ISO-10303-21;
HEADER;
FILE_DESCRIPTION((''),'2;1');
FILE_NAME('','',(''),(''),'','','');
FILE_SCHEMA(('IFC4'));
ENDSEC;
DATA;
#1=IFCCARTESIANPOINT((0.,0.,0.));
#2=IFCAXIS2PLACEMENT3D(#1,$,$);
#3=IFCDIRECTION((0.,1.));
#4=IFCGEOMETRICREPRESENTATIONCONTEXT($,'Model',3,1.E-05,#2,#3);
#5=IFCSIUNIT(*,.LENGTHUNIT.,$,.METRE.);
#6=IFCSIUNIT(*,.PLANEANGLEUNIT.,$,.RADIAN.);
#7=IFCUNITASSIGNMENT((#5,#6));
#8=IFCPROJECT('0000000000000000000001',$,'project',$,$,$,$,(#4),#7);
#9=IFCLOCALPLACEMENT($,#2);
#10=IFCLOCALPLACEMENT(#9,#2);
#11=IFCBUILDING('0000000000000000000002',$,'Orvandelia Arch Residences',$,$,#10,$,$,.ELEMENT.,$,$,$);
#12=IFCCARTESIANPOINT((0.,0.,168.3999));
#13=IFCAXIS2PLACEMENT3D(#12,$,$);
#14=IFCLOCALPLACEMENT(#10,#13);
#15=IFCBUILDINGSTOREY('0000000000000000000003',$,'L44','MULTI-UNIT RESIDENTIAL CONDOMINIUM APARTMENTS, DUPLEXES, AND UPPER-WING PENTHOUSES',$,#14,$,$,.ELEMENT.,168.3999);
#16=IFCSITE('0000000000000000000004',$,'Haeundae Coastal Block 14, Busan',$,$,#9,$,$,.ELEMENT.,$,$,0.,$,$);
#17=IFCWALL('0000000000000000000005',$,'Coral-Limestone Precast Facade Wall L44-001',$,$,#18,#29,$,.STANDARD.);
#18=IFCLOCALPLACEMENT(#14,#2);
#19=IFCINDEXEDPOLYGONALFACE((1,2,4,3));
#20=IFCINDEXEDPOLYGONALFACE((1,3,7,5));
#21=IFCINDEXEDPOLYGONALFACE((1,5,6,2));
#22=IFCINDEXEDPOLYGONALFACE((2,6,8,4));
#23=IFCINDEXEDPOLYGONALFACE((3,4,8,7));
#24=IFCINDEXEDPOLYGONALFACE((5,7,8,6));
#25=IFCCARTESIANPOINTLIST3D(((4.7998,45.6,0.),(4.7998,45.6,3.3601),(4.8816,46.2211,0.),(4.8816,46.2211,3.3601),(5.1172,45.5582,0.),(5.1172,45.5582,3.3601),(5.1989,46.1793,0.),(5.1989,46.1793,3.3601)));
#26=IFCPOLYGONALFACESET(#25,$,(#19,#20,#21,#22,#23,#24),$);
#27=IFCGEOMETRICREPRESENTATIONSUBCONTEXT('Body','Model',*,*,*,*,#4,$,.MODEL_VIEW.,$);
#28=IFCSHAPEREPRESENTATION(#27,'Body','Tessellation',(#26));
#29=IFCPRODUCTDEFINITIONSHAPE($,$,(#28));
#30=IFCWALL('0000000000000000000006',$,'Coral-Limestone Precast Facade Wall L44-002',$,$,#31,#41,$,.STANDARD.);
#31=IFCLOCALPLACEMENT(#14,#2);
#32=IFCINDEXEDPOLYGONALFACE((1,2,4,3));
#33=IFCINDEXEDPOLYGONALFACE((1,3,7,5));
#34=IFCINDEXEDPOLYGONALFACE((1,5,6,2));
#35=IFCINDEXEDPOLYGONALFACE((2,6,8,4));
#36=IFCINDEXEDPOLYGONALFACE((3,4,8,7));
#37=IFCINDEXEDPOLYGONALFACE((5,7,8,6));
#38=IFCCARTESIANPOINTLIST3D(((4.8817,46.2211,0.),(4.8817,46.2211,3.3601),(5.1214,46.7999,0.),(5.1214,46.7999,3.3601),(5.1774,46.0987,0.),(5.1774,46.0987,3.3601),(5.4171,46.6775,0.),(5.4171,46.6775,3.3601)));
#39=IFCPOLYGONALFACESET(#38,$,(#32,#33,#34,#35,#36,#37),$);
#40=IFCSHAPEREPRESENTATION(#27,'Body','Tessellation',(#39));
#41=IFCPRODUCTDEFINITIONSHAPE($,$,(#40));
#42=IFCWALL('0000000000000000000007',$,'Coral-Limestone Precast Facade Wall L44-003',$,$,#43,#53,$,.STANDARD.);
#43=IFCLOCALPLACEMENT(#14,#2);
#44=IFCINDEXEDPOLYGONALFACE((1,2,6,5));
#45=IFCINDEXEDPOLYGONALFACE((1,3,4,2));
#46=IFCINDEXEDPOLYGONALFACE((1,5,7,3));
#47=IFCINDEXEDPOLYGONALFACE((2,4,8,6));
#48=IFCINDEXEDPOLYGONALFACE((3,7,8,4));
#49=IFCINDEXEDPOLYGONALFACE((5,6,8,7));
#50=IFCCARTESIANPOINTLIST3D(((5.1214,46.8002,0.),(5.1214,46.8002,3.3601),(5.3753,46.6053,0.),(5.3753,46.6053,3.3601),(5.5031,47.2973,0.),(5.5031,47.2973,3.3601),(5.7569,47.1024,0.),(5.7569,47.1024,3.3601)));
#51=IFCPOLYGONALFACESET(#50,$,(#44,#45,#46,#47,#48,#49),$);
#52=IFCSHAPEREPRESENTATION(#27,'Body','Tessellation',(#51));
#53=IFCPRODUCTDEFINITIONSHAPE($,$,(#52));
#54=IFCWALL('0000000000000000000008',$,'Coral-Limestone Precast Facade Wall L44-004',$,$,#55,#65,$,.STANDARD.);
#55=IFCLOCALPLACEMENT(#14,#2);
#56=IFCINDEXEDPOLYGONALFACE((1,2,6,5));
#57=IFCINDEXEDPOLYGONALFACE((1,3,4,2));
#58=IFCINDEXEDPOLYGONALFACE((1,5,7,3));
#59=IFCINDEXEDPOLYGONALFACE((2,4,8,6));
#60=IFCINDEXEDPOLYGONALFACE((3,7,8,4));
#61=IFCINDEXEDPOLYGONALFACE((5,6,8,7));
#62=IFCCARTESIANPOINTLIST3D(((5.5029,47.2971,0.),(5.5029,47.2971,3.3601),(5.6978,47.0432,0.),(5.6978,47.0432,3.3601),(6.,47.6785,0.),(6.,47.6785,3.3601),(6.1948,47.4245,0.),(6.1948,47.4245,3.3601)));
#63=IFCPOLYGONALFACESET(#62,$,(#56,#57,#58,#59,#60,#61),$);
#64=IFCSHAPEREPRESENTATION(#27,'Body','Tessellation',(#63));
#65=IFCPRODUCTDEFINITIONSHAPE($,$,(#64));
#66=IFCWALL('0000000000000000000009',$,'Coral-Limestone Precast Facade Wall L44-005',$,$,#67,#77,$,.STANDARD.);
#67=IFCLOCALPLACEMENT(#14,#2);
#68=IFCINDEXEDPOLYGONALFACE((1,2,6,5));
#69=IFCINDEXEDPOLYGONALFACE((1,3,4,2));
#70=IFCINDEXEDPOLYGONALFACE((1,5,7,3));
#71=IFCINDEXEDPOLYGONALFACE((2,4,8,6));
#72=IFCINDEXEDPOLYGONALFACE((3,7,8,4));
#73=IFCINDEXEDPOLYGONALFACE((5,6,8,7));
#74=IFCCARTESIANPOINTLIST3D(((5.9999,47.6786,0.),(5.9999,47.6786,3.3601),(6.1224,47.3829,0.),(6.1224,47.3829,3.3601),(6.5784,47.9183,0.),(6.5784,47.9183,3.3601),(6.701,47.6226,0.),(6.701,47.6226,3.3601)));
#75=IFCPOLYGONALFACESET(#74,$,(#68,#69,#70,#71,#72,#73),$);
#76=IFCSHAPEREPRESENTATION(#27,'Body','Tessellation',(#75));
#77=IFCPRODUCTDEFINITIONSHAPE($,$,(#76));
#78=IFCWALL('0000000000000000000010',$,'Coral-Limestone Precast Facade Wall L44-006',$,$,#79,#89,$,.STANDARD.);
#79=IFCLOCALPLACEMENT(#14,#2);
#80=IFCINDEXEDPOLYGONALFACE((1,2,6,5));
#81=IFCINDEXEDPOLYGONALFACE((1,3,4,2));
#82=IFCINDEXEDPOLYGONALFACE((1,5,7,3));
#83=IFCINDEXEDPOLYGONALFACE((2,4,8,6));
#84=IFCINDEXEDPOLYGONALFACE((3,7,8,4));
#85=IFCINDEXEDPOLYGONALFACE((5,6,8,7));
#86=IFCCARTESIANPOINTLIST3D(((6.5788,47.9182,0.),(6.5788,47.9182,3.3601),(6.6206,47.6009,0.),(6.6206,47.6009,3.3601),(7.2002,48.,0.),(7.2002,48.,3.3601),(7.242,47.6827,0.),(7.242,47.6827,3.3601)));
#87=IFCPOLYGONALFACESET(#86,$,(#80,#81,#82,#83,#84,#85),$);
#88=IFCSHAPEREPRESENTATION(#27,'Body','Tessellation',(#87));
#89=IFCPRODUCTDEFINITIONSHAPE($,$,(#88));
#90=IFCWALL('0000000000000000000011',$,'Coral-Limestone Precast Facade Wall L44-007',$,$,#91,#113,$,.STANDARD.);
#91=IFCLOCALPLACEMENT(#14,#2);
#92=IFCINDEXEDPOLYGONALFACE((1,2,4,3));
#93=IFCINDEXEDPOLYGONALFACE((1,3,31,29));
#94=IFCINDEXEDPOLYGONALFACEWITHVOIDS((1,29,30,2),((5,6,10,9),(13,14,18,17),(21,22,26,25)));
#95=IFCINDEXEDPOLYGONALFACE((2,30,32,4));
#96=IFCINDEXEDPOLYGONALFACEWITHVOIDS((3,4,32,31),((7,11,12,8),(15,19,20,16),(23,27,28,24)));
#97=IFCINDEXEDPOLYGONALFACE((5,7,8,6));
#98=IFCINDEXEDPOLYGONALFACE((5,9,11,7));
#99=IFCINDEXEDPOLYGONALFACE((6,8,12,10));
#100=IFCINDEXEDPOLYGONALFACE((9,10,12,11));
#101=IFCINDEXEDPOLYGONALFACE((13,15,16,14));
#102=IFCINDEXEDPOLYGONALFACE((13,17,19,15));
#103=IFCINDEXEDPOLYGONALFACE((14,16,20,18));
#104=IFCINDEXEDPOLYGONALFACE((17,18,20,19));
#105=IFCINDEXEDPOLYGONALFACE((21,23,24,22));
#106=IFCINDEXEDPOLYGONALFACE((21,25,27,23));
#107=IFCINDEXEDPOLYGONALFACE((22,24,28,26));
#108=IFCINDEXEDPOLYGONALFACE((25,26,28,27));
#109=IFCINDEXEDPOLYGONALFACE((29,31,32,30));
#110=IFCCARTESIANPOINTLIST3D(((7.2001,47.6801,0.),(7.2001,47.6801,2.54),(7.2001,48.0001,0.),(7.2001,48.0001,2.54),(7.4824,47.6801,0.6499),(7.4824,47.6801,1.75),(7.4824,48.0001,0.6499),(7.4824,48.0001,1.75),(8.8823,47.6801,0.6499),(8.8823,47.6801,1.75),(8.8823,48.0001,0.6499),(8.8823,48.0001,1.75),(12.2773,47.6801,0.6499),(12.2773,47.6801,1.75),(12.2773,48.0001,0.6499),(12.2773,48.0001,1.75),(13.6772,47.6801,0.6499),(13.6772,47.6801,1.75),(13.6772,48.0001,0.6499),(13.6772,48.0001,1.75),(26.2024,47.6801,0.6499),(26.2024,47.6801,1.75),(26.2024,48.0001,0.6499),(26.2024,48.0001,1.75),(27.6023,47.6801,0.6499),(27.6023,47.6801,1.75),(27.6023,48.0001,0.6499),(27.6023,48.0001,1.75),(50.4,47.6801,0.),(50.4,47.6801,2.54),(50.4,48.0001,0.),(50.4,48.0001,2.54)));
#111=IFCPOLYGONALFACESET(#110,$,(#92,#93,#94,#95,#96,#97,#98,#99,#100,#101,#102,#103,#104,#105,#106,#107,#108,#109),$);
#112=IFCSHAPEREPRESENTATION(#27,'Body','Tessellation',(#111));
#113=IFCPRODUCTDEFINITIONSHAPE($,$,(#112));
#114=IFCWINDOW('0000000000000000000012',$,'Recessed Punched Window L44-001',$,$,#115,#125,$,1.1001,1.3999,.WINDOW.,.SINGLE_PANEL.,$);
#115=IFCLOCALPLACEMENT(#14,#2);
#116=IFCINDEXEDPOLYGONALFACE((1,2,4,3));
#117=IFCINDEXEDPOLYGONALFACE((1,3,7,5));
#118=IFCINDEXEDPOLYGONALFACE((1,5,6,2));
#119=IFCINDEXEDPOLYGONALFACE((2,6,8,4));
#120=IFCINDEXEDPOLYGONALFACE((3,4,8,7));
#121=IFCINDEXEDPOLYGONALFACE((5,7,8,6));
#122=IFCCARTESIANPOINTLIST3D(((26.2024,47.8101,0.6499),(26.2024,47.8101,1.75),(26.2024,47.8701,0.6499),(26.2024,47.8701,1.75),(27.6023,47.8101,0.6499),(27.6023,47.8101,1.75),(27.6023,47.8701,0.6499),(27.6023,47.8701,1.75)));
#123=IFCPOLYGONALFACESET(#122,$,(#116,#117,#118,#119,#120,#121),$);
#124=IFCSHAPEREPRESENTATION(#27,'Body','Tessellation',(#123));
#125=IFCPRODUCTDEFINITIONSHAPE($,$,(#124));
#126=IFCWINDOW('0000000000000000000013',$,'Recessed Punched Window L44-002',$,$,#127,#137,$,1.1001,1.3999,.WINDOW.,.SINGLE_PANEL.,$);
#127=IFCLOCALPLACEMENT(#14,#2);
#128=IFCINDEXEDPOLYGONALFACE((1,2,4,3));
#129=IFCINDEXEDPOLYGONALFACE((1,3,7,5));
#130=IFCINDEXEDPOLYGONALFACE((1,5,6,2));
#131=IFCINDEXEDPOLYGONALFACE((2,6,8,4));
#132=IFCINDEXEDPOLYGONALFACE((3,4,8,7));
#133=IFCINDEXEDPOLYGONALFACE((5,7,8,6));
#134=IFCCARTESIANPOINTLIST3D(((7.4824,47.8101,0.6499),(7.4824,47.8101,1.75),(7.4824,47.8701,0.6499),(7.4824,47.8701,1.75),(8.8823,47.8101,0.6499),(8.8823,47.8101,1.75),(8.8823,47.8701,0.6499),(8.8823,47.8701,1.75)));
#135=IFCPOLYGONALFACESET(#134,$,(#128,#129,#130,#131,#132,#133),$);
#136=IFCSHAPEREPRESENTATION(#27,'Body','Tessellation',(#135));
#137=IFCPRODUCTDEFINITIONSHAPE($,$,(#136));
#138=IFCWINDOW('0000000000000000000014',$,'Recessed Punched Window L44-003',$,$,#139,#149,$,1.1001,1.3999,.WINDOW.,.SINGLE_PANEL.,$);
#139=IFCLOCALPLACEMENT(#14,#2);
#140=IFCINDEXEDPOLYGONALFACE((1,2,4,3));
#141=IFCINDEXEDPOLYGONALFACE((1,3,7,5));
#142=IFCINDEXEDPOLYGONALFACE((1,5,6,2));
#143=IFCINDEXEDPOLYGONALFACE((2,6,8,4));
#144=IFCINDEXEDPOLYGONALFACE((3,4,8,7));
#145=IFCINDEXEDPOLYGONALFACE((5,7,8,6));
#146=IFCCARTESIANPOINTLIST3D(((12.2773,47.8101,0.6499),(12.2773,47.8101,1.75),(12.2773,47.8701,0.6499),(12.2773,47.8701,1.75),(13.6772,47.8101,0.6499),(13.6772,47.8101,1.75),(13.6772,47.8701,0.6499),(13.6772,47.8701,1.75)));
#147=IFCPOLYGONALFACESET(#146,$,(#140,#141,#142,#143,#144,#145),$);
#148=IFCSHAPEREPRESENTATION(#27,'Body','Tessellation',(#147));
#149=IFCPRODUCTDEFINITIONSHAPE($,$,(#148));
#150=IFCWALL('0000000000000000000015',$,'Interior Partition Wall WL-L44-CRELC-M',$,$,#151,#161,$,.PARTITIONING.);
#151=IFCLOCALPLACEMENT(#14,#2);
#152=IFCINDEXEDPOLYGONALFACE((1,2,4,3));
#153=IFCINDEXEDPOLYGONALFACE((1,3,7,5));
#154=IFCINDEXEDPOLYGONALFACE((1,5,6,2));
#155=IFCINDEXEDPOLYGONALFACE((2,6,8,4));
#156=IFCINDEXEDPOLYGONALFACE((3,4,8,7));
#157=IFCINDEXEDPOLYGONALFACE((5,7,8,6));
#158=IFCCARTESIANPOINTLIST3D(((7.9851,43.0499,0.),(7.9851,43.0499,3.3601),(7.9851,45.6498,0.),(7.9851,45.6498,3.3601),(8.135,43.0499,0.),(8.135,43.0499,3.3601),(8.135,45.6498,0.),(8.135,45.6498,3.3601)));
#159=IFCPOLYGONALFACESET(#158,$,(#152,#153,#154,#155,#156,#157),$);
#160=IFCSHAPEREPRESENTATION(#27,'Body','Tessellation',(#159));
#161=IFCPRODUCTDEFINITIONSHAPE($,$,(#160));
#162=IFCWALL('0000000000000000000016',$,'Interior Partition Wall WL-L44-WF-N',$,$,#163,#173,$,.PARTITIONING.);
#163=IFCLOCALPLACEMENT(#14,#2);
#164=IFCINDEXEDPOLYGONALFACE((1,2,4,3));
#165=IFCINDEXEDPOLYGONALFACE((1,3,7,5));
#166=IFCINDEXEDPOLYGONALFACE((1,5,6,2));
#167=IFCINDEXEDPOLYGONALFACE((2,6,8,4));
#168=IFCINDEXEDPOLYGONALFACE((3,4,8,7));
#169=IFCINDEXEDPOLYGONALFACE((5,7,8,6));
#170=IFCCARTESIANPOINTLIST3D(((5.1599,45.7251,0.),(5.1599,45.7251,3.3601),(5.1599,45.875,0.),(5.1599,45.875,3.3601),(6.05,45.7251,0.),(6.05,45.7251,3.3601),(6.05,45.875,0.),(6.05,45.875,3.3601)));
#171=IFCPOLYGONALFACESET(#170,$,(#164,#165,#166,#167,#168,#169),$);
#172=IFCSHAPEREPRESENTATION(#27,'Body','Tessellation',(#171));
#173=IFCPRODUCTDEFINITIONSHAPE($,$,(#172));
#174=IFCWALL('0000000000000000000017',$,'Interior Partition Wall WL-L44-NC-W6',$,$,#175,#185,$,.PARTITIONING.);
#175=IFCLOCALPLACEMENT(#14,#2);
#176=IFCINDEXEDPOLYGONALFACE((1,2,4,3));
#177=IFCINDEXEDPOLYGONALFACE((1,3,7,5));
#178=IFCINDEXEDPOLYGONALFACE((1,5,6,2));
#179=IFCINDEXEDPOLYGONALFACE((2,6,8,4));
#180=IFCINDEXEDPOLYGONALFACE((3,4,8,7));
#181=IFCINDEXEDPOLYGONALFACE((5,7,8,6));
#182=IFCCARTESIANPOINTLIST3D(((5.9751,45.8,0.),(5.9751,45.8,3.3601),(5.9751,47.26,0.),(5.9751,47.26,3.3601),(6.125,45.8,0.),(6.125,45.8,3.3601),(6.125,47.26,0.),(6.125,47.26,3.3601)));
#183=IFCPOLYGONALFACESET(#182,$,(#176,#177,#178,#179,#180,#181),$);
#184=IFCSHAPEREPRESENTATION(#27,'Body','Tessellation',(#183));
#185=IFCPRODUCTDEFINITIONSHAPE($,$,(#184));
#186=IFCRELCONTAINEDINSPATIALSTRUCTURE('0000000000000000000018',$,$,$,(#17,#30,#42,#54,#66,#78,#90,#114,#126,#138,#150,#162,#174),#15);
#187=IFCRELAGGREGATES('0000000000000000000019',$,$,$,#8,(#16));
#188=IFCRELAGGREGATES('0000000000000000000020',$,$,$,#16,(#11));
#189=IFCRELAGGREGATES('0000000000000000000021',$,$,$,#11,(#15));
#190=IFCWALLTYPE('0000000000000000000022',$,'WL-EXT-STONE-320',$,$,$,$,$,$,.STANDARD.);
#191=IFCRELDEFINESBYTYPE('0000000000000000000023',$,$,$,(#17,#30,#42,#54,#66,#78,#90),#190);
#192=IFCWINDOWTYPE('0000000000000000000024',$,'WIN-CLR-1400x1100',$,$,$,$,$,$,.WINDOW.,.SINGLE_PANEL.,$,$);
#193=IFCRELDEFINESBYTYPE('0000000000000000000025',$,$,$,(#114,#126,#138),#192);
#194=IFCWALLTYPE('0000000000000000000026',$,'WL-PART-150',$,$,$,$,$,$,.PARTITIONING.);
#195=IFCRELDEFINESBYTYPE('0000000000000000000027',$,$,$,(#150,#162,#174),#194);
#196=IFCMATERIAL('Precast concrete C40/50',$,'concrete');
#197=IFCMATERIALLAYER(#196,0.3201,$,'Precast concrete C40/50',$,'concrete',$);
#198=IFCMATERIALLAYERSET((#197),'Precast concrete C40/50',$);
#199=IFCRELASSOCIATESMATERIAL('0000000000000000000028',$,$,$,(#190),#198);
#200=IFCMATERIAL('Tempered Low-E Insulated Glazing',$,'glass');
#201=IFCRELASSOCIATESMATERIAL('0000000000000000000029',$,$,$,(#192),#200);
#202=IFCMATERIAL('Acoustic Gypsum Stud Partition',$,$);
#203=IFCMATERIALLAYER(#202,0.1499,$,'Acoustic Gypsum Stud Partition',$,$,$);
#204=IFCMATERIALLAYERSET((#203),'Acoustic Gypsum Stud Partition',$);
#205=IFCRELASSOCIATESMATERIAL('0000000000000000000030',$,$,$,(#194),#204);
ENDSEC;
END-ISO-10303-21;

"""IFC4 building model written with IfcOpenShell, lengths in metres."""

from ifc_helpers import new_model, si_unit, direction, frame, frame_2d, origin, place, context, subcontext, project, spatial, rectangle, extrude, material, layer, layer_set, type_object, element, fill, save


model = new_model("IFC4")

# Units and contexts
model_context = context("Model", 3, precision=1e-05, world=origin(), true_north=direction((0.0, 1.0)))
body_context = subcontext(model_context, "Body", "Model", "MODEL_VIEW")
ifc_project = project(units=[si_unit("LENGTHUNIT", "METRE"), si_unit("PLANEANGLEUNIT", "RADIAN")], contexts=[model_context])

# Site, building, storey
site_placement = place(None, origin())
site = spatial("IfcSite", under=ifc_project, at=site_placement, Name="Haeundae Coastal Block 14, Busan", CompositionType="ELEMENT", RefElevation=0.0)
building_placement = place(site_placement, origin())
building = spatial("IfcBuilding", under=site, at=building_placement, Name="Orvandelia Arch Residences", CompositionType="ELEMENT")
storey_placement = place(building_placement, frame((0.0, 0.0, 168.3999)))
storey = spatial("IfcBuildingStorey", under=building, at=storey_placement, Name="L44", Description="MULTI-UNIT RESIDENTIAL CONDOMINIUM APARTMENTS, DUPLEXES, AND UPPER-WING PENTHOUSES", CompositionType="ELEMENT", Elevation=168.3999)

# Walls
ifc_material_1 = material(Name="Precast concrete C40/50", Category="concrete")
ifc_layer_1 = layer(ifc_material_1, 0.3201, Name="Precast concrete C40/50", Category="concrete")
ifc_layer_set_1 = layer_set([ifc_layer_1], Name="Precast concrete C40/50")
wall_type_1 = type_object("IfcWallType", Name="WL-EXT-STONE-320", PredefinedType="STANDARD", material=ifc_layer_set_1)
for number, where, z_axis, x_axis, name in (
    (1, (4.9585, 45.5791, 0.0), (0.0, 0.0, 1.0), (0.130555, 0.991441, 0.0), "Coral-Limestone Precast Facade Wall L44-001"),
    (2, (5.0295, 46.1599, 0.0), (0.0, 0.0, 1.0), (0.38265, 0.923893, 0.0), "Coral-Limestone Precast Facade Wall L44-002"),
):
    element("IfcWall", number, at=place(storey_placement, frame(where, z_axis=z_axis, x_axis=x_axis)), inside=storey, type_object=wall_type_1, Name=name, PredefinedType="STANDARD", context=body_context, shape_type="SweptSolid", body=[
        extrude(rectangle(XDim=0.6265, YDim=0.3201, at=frame_2d((0.3132, 0.0))), origin(), (0.0, 0.0, 1.0), 3.3601),
    ])
wall_1_placement = place(storey_placement, frame((5.2483, 46.7026, 0.0), z_axis=(0.0, 0.0, 1.0), x_axis=(0.608939, 0.793217, 0.0)))
element("IfcWall", 3, at=wall_1_placement, inside=storey, type_object=wall_type_1, Name="Coral-Limestone Precast Facade Wall L44-003", PredefinedType="STANDARD", context=body_context, shape_type="SweptSolid", body=[
    extrude(rectangle(XDim=0.6267, YDim=0.3201, at=frame_2d((0.3135, 0.0))), origin(), (0.0, 0.0, 1.0), 3.3601),
])
wall_2_placement = place(storey_placement, frame((5.6003, 47.1702, 0.0), z_axis=(0.0, 0.0, 1.0), x_axis=(0.793406, 0.608693, 0.0)))
element("IfcWall", 4, at=wall_2_placement, inside=storey, type_object=wall_type_1, Name="Coral-Limestone Precast Facade Wall L44-004", PredefinedType="STANDARD", context=body_context, shape_type="SweptSolid", body=[
    extrude(rectangle(XDim=0.6265, YDim=0.3201, at=frame_2d((0.3132, 0.0))), origin(), (0.0, 0.0, 1.0), 3.3601),
])
wall_3_placement = place(storey_placement, frame((6.0613, 47.5308, 0.0), z_axis=(0.0, 0.0, 1.0), x_axis=(0.923836, 0.382788, 0.0)))
element("IfcWall", 5, at=wall_3_placement, inside=storey, type_object=wall_type_1, Name="Coral-Limestone Precast Facade Wall L44-005", PredefinedType="STANDARD", context=body_context, shape_type="SweptSolid", body=[
    extrude(rectangle(XDim=0.6262, YDim=0.3201, at=frame_2d((0.313, 0.0))), origin(), (0.0, 0.0, 1.0), 3.3601),
])
wall_4_placement = place(storey_placement, frame((6.5996, 47.7595, 0.0), z_axis=(0.0, 0.0, 1.0), x_axis=(0.991448, 0.130505, 0.0)))
element("IfcWall", 6, at=wall_4_placement, inside=storey, type_object=wall_type_1, Name="Coral-Limestone Precast Facade Wall L44-006", PredefinedType="STANDARD", context=body_context, shape_type="SweptSolid", body=[
    extrude(rectangle(XDim=0.6267, YDim=0.3201, at=frame_2d((0.3135, 0.0))), origin(), (0.0, 0.0, 1.0), 3.3601),
])

# Wall, openings, windows
wall_5_placement = place(storey_placement, frame((7.2, 47.8401, 0.0), z_axis=(0.0, 0.0, 1.0), x_axis=(1.0, 0.0, 0.0)))
wall_5 = element("IfcWall", 7, at=wall_5_placement, inside=storey, type_object=wall_type_1, Name="Coral-Limestone Precast Facade Wall L44-007", PredefinedType="STANDARD", context=body_context, shape_type="SweptSolid", body=[
    extrude(rectangle(XDim=43.2, YDim=0.3201, at=frame_2d((21.6001, 0.0))), origin(), (0.0, 0.0, 1.0), 2.54),
])
opening_1_placement = place(wall_5_placement, frame((19.0024, 0.0, 0.6499)))
opening_1 = element("IfcOpeningElement", 8, at=opening_1_placement, cuts=wall_5, PredefinedType="OPENING", context=body_context, shape_type="SweptSolid", body=[
    extrude(rectangle(XDim=1.3999, YDim=1.1001, at=frame_2d((0.7, 0.55))), frame((0.0, 0.1699, 0.0), z_axis=(0.0, -1.0, 0.0), x_axis=(1.0, 0.0, 0.0)), (0.0, 0.0, 1.0), 0.3401),
])
opening_2_placement = place(wall_5_placement, frame((0.2825, 0.0, 0.6499)))
opening_2 = element("IfcOpeningElement", 9, at=opening_2_placement, cuts=wall_5, PredefinedType="OPENING", context=body_context, shape_type="SweptSolid", body=[
    extrude(rectangle(XDim=1.3999, YDim=1.1001, at=frame_2d((0.7, 0.55))), frame((0.0, 0.1699, 0.0), z_axis=(0.0, -1.0, 0.0), x_axis=(1.0, 0.0, 0.0)), (0.0, 0.0, 1.0), 0.3401),
])
opening_3_placement = place(wall_5_placement, frame((5.0774, 0.0, 0.6499)))
opening_3 = element("IfcOpeningElement", 10, at=opening_3_placement, cuts=wall_5, PredefinedType="OPENING", context=body_context, shape_type="SweptSolid", body=[
    extrude(rectangle(XDim=1.3999, YDim=1.1001, at=frame_2d((0.7, 0.55))), frame((0.0, 0.1699, 0.0), z_axis=(0.0, -1.0, 0.0), x_axis=(1.0, 0.0, 0.0)), (0.0, 0.0, 1.0), 0.3401),
])
ifc_material_2 = material(Name="Tempered Low-E Insulated Glazing", Category="glass")
window_type = type_object("IfcWindowType", Name="WIN-CLR-1400x1100", PartitioningType="SINGLE_PANEL", PredefinedType="WINDOW", material=ifc_material_2)
window_1_placement = place(opening_1_placement, origin())
window_1 = element("IfcWindow", 11, at=window_1_placement, inside=storey, type_object=window_type, Name="Recessed Punched Window L44-001", OverallHeight=1.1001, OverallWidth=1.3999, PartitioningType="SINGLE_PANEL", PredefinedType="WINDOW", context=body_context, shape_type="SweptSolid", body=[
    extrude(rectangle(XDim=1.3999, YDim=1.1001, at=frame_2d((0.7, 0.55))), frame((0.0, 0.03, 0.0), z_axis=(0.0, -1.0, 0.0), x_axis=(1.0, 0.0, 0.0)), (0.0, 0.0, 1.0), 0.0601),
])
fill(opening_1, window_1)
window_2_placement = place(opening_2_placement, origin())
window_2 = element("IfcWindow", 12, at=window_2_placement, inside=storey, type_object=window_type, Name="Recessed Punched Window L44-002", OverallHeight=1.1001, OverallWidth=1.3999, PartitioningType="SINGLE_PANEL", PredefinedType="WINDOW", context=body_context, shape_type="SweptSolid", body=[
    extrude(rectangle(XDim=1.3999, YDim=1.1001, at=frame_2d((0.7, 0.55))), frame((0.0, 0.03, 0.0), z_axis=(0.0, -1.0, 0.0), x_axis=(1.0, 0.0, 0.0)), (0.0, 0.0, 1.0), 0.0601),
])
fill(opening_2, window_2)
window_3_placement = place(opening_3_placement, origin())
window_3 = element("IfcWindow", 13, at=window_3_placement, inside=storey, type_object=window_type, Name="Recessed Punched Window L44-003", OverallHeight=1.1001, OverallWidth=1.3999, PartitioningType="SINGLE_PANEL", PredefinedType="WINDOW", context=body_context, shape_type="SweptSolid", body=[
    extrude(rectangle(XDim=1.3999, YDim=1.1001, at=frame_2d((0.7, 0.55))), frame((0.0, 0.03, 0.0), z_axis=(0.0, -1.0, 0.0), x_axis=(1.0, 0.0, 0.0)), (0.0, 0.0, 1.0), 0.0601),
])
fill(opening_3, window_3)

# Walls
ifc_material_3 = material(Name="Acoustic Gypsum Stud Partition")
ifc_layer_2 = layer(ifc_material_3, 0.1499, Name="Acoustic Gypsum Stud Partition")
ifc_layer_set_2 = layer_set([ifc_layer_2], Name="Acoustic Gypsum Stud Partition")
wall_type_2 = type_object("IfcWallType", Name="WL-PART-150", PredefinedType="PARTITIONING", material=ifc_layer_set_2)
wall_6_placement = place(storey_placement, frame((8.0601, 43.05, 0.0), z_axis=(0.0, 0.0, 1.0), x_axis=(0.0, 1.0, 0.0)))
element("IfcWall", 14, at=wall_6_placement, inside=storey, type_object=wall_type_2, Name="Interior Partition Wall WL-L44-CRELC-M", PredefinedType="PARTITIONING", context=body_context, shape_type="SweptSolid", body=[
    extrude(rectangle(XDim=2.5999, YDim=0.1499, at=frame_2d((1.2998, 0.0))), origin(), (0.0, 0.0, 1.0), 3.3601),
])
wall_7_placement = place(storey_placement, frame((5.1599, 45.8, 0.0), z_axis=(0.0, 0.0, 1.0), x_axis=(1.0, 0.0, 0.0)))
element("IfcWall", 15, at=wall_7_placement, inside=storey, type_object=wall_type_2, Name="Interior Partition Wall WL-L44-WF-N", PredefinedType="PARTITIONING", context=body_context, shape_type="SweptSolid", body=[
    extrude(rectangle(XDim=0.8901, YDim=0.1499, at=frame_2d((0.4451, 0.0))), origin(), (0.0, 0.0, 1.0), 3.3601),
])
wall_8_placement = place(storey_placement, frame((6.05, 45.8, 0.0), z_axis=(0.0, 0.0, 1.0), x_axis=(0.0, 1.0, 0.0)))
element("IfcWall", 16, at=wall_8_placement, inside=storey, type_object=wall_type_2, Name="Interior Partition Wall WL-L44-NC-W6", PredefinedType="PARTITIONING", context=body_context, shape_type="SweptSolid", body=[
    extrude(rectangle(XDim=1.46, YDim=0.1499, at=frame_2d((0.73, 0.0))), origin(), (0.0, 0.0, 1.0), 3.3601),
])

save(model, "model.ifc")
